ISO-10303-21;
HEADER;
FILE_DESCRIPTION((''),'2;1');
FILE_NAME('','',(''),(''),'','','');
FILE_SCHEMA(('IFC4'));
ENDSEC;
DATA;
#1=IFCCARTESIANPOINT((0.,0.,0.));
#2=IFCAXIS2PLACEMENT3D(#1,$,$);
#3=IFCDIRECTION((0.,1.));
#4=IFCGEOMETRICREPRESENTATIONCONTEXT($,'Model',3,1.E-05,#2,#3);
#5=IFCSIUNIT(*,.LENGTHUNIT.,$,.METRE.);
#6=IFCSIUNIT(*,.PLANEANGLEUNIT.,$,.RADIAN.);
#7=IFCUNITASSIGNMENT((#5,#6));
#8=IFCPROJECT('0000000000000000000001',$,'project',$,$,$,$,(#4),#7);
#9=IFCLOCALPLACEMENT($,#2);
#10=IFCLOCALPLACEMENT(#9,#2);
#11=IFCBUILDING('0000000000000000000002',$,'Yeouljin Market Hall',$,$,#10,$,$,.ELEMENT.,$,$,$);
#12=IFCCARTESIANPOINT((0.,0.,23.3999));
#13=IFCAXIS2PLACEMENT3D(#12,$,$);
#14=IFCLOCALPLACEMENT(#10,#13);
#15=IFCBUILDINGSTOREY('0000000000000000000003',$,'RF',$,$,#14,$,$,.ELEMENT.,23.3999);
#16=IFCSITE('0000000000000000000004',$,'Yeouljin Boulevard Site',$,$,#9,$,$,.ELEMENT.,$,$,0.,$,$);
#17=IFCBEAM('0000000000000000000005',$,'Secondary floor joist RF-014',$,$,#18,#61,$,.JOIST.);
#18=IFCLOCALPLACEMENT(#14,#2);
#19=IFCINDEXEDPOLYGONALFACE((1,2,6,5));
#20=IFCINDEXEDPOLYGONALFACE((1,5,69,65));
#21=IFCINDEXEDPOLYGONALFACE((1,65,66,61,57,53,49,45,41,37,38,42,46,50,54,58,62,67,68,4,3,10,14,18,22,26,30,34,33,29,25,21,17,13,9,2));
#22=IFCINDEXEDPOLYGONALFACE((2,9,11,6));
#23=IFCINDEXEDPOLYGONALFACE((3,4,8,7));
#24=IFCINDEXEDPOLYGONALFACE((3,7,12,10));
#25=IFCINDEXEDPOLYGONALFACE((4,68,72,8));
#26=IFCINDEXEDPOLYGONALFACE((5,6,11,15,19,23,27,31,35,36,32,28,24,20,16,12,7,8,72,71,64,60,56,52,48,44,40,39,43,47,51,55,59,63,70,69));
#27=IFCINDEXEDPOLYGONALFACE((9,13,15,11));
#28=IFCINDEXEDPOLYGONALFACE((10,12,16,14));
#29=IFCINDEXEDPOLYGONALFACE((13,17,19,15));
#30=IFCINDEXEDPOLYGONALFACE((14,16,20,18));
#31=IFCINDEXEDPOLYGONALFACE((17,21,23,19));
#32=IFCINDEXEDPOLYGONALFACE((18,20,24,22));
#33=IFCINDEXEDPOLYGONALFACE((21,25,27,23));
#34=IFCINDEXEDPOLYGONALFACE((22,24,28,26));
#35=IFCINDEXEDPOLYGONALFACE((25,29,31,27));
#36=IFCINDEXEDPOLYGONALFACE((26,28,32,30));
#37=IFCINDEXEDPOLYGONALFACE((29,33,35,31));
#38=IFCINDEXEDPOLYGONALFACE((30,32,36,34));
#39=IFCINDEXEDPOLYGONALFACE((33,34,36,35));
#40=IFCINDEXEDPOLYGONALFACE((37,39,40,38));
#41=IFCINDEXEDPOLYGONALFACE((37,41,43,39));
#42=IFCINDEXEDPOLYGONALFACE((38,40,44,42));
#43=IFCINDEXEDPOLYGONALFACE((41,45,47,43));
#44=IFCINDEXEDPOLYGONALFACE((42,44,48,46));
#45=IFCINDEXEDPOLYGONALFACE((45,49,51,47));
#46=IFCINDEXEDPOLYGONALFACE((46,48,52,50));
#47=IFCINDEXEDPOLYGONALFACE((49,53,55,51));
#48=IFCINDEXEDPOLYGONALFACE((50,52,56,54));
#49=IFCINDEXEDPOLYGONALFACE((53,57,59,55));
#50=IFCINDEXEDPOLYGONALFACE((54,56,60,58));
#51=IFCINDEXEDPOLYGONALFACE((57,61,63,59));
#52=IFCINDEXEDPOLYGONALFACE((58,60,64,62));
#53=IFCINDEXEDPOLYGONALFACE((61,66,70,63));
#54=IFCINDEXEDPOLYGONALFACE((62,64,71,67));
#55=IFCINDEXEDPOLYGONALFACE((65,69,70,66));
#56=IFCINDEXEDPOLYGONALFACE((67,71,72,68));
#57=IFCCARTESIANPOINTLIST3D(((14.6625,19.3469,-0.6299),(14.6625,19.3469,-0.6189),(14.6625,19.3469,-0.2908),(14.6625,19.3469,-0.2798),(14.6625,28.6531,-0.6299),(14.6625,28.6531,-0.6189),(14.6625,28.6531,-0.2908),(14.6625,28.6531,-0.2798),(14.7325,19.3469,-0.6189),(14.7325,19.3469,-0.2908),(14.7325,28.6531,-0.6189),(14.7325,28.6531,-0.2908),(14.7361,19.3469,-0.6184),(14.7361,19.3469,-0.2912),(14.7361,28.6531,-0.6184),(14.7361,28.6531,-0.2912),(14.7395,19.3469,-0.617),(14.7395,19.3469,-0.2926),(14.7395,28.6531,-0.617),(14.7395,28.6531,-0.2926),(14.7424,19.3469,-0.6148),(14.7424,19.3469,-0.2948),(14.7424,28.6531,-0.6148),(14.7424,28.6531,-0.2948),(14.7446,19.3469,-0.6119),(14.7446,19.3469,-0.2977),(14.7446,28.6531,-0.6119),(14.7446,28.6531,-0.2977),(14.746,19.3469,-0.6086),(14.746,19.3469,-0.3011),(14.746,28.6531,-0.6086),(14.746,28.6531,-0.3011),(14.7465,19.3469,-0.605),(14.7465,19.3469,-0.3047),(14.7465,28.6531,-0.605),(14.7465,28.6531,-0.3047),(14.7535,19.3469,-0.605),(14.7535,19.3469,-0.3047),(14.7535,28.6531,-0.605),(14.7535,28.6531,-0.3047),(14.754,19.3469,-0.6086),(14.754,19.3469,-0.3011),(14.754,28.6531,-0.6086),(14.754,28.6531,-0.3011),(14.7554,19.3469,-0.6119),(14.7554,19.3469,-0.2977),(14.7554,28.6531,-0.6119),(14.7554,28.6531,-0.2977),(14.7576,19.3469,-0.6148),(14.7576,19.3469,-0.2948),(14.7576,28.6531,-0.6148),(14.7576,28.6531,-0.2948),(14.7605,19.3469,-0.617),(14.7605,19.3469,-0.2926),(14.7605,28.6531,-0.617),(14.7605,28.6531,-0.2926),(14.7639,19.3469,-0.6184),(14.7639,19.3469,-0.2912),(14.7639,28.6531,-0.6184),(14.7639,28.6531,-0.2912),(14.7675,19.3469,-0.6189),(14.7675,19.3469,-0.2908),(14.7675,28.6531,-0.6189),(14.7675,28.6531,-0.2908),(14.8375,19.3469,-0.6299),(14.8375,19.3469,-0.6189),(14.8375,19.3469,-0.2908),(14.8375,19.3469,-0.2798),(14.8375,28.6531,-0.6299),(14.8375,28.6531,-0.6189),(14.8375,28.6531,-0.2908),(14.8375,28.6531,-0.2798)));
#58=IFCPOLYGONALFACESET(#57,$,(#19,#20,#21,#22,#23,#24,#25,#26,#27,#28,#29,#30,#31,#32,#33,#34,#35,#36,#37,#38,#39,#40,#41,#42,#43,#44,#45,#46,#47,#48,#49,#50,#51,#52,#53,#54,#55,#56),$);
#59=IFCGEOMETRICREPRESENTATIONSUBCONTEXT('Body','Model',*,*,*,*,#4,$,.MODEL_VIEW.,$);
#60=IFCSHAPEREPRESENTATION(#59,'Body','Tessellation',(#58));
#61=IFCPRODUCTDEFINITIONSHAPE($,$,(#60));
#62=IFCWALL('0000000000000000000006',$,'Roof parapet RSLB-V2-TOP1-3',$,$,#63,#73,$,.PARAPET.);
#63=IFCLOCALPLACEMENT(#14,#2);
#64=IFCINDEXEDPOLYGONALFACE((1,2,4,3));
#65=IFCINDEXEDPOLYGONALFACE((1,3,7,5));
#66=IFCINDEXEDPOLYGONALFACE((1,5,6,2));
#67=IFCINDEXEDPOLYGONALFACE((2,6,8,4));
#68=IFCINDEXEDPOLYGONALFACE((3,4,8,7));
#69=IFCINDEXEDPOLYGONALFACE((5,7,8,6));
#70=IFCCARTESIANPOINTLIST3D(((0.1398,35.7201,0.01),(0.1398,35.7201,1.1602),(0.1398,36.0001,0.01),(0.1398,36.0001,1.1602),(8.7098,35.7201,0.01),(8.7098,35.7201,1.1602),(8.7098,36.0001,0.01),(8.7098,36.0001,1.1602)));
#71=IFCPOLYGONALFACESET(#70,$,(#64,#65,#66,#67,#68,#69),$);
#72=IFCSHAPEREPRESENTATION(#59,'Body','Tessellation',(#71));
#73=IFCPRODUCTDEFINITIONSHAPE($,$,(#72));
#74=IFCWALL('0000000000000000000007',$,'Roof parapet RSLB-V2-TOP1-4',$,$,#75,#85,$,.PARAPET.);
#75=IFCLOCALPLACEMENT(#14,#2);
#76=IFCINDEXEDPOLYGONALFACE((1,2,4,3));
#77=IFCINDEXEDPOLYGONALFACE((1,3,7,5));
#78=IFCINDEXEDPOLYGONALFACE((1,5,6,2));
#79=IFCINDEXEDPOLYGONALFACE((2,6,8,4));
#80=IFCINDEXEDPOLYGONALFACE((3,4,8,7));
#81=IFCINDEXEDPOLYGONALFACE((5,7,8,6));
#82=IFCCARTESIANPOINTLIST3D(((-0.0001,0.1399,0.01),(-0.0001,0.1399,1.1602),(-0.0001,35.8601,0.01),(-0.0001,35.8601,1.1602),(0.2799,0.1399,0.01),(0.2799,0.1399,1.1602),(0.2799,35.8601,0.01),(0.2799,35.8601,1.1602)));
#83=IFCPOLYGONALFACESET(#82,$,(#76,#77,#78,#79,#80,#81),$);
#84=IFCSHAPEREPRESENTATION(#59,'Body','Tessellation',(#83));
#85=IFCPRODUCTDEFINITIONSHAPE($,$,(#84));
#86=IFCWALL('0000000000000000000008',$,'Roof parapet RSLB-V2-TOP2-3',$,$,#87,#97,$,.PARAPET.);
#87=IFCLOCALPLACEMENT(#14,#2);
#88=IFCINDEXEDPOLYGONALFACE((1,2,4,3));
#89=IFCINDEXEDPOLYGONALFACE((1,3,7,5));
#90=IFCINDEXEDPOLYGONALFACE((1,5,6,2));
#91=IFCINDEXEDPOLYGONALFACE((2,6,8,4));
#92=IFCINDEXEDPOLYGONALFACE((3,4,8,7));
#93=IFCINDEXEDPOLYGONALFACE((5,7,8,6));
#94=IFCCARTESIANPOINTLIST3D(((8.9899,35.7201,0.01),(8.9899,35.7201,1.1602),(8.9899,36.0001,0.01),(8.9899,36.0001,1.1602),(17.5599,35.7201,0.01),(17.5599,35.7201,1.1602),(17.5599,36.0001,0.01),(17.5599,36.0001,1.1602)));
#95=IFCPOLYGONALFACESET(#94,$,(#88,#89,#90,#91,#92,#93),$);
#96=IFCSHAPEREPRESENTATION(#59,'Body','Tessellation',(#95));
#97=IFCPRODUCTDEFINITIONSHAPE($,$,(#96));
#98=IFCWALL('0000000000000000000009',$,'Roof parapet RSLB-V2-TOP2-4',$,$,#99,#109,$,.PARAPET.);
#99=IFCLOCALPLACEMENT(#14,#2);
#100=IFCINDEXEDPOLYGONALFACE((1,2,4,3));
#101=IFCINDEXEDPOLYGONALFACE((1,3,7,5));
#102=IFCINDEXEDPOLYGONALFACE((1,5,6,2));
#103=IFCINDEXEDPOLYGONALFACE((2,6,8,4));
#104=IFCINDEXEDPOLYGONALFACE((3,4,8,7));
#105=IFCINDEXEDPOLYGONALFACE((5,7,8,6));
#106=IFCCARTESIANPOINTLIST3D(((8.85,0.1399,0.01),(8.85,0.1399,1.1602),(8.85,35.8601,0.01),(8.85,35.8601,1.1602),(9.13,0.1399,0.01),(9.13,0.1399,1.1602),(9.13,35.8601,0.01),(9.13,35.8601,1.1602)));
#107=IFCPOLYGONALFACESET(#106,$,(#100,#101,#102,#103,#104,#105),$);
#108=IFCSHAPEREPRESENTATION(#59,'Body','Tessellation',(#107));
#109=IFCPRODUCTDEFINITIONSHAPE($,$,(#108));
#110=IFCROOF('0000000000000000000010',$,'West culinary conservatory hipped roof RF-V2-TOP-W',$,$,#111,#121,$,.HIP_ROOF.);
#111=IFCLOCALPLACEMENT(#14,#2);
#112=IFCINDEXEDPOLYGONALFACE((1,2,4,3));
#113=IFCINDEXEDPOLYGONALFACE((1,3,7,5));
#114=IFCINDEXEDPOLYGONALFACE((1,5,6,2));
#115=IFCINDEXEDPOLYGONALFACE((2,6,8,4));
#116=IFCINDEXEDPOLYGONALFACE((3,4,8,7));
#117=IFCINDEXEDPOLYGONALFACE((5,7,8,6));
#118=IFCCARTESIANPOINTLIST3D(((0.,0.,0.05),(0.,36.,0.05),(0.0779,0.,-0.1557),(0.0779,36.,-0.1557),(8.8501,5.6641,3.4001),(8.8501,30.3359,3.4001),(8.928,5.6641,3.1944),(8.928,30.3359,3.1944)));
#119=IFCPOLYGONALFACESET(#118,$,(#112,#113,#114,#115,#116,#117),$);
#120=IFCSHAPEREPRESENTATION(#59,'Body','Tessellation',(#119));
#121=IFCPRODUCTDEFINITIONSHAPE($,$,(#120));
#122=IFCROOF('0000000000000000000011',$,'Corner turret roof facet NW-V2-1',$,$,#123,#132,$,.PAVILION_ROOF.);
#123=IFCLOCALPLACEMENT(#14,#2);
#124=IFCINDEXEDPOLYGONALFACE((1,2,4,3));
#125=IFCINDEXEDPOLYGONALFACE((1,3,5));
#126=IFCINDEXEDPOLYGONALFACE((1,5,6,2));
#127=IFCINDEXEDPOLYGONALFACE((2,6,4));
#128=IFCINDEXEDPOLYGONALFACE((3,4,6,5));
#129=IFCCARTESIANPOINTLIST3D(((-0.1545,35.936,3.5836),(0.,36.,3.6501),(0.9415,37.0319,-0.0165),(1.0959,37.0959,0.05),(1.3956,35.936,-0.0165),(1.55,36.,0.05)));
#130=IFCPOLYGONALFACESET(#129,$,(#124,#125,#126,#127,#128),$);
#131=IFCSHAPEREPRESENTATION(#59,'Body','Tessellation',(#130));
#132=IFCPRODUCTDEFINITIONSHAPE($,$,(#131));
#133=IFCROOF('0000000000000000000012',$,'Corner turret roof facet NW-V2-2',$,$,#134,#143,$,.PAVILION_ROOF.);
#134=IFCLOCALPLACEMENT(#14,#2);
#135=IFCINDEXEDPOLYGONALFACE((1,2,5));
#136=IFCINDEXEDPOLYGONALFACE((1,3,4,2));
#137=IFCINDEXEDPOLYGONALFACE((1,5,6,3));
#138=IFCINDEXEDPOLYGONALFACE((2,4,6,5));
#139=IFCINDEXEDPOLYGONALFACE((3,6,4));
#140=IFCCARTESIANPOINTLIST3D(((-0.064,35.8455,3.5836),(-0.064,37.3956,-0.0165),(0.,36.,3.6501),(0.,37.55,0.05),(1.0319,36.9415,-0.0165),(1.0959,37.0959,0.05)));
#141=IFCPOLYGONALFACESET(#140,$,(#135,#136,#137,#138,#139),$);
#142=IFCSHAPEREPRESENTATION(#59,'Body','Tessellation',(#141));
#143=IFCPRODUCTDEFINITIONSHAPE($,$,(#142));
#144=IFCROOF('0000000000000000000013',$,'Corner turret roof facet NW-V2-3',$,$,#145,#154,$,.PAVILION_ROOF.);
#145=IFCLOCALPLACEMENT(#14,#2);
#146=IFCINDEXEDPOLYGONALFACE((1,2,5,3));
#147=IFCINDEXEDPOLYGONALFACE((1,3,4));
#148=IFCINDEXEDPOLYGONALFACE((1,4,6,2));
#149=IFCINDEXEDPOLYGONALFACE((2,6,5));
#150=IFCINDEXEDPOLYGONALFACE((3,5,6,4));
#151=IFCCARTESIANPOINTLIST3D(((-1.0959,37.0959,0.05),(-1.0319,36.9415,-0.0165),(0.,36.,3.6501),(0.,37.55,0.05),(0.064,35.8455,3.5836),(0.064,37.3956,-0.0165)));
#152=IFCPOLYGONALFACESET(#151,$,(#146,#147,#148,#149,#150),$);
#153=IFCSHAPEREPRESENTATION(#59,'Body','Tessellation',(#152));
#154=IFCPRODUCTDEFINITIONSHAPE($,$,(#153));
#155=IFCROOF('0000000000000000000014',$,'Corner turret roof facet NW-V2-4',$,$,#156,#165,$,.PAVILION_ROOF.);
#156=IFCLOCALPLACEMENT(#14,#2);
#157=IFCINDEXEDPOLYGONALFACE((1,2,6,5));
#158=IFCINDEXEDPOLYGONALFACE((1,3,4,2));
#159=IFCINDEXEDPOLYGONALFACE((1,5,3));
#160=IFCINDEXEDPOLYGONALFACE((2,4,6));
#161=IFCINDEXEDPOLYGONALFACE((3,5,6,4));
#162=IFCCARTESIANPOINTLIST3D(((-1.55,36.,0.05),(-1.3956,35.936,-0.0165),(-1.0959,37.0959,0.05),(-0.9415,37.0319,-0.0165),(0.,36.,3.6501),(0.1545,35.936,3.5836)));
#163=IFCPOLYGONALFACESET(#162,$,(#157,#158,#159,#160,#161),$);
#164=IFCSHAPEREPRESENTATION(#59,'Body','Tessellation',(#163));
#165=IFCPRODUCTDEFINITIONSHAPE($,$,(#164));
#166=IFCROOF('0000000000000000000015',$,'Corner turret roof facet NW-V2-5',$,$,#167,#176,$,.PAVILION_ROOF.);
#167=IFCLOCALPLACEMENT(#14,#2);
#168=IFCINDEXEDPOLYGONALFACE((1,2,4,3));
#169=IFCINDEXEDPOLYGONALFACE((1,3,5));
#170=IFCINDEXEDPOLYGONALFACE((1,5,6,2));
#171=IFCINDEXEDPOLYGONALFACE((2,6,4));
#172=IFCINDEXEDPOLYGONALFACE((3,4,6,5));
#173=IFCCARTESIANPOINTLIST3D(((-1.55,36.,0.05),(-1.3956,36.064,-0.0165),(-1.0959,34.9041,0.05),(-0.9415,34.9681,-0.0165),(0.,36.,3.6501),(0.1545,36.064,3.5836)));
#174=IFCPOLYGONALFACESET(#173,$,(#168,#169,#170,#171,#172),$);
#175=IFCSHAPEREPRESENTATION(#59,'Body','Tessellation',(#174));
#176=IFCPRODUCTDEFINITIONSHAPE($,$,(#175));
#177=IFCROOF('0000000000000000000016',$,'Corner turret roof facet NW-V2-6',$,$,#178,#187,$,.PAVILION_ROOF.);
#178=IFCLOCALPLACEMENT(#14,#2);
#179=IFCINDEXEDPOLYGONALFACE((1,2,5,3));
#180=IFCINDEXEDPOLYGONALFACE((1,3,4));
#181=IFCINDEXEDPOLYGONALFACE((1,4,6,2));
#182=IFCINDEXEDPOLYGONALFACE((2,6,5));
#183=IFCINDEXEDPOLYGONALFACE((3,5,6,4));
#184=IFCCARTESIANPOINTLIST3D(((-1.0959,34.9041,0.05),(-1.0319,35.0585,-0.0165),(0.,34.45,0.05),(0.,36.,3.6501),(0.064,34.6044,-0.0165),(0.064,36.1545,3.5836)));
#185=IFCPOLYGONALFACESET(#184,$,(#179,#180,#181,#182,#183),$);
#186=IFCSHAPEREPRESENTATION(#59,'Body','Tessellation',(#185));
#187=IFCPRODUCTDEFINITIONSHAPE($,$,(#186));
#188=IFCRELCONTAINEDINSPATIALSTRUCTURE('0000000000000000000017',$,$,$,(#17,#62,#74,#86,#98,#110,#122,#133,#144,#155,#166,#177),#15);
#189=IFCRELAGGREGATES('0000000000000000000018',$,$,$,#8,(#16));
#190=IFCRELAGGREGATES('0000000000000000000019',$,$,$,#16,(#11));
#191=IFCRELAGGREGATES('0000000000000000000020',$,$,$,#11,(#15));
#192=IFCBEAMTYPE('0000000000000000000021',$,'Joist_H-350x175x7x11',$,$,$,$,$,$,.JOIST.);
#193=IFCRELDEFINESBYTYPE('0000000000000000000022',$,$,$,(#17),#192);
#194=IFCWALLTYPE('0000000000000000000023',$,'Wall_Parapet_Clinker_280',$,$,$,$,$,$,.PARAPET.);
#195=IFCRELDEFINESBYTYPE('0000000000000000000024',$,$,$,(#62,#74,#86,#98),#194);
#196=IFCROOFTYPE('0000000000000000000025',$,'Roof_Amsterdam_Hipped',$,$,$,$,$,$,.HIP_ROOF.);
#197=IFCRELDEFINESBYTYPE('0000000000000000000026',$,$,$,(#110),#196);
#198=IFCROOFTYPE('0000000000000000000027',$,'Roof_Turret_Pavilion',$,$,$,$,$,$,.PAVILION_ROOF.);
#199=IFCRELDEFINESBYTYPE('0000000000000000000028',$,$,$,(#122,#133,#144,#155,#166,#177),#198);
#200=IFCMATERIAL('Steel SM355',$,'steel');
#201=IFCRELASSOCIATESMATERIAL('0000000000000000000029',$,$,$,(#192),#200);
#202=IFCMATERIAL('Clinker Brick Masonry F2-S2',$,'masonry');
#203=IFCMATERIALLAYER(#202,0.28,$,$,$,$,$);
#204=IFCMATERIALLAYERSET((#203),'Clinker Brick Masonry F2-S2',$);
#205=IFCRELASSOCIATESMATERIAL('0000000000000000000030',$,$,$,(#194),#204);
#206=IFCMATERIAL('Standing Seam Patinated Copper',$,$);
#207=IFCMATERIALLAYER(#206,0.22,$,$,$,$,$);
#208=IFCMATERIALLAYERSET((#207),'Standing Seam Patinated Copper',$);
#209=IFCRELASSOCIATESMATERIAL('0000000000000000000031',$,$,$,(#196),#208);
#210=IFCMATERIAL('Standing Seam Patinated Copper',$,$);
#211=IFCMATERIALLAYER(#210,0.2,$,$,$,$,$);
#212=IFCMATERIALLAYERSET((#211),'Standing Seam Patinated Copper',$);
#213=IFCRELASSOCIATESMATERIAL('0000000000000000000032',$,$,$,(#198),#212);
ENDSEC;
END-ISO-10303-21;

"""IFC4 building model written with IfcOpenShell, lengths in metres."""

from ifc_helpers import new_model, si_unit, direction, frame, frame_2d, origin, origin_2d, place, context, subcontext, project, spatial, polyline, rectangle, i_section, outline, extrude, material, layer, layer_set, material_profile, profile_set, type_object, element, save


model = new_model("IFC4")

# Units and contexts
model_context = context("Model", 3, precision=1e-05, world=origin(), true_north=direction((0.0, 1.0)))
body_context = subcontext(model_context, "Body", "Model", "MODEL_VIEW")
ifc_project = project(units=[si_unit("LENGTHUNIT", "METRE"), si_unit("PLANEANGLEUNIT", "RADIAN")], contexts=[model_context])

# Site, building, storey
site_placement = place(None, origin())
site = spatial("IfcSite", under=ifc_project, at=site_placement, Name="Yeouljin Boulevard Site", CompositionType="ELEMENT", RefElevation=0.0)
building_placement = place(site_placement, origin())
building = spatial("IfcBuilding", under=site, at=building_placement, Name="Yeouljin Market Hall", CompositionType="ELEMENT")
storey_placement = place(building_placement, frame((0.0, 0.0, 23.3999)))
storey = spatial("IfcBuildingStorey", under=building, at=storey_placement, Name="RF", CompositionType="ELEMENT", Elevation=23.3999)

# Beam
ifc_material_1 = material(Name="Steel SM355", Category="steel")
ifc_material_profile_1 = material_profile(ifc_material_1, i_section(OverallWidth=0.175, OverallDepth=0.3501, WebThickness=0.0071, FlangeThickness=0.011, FilletRadius=0.0139, at=origin_2d()), Name="H-350x175x7x11")
ifc_profile_set_1 = profile_set([ifc_material_profile_1], Name="Steel SM355")
beam_type_1 = type_object("IfcBeamType", Name="Joist_H-350x175x7x11", PredefinedType="JOIST", material=ifc_profile_set_1)
for number, where, z_axis, x_axis, name in (
    (1, (14.75, 19.3469, -0.4548), (0.0, 1.0, 0.0), (-1.0, 0.0, 0.0), "Secondary floor joist RF-014"),
):
    element("IfcBeam", number, at=place(storey_placement, frame(where, z_axis=z_axis, x_axis=x_axis)), inside=storey, type_object=beam_type_1, Name=name, PredefinedType="JOIST", context=body_context, shape_type="SweptSolid", body=[
        extrude(i_section(OverallWidth=0.175, OverallDepth=0.3501, WebThickness=0.0071, FlangeThickness=0.011, FilletRadius=0.0139, at=origin_2d()), origin(), (0.0, 0.0, 1.0), 9.3062),
    ])

# Walls
ifc_material_2 = material(Name="Clinker Brick Masonry F2-S2", Category="masonry")
ifc_layer_1 = layer(ifc_material_2, 0.28)
ifc_layer_set_1 = layer_set([ifc_layer_1], Name="Clinker Brick Masonry F2-S2")
wall_type = type_object("IfcWallType", Name="Wall_Parapet_Clinker_280", PredefinedType="PARAPET", material=ifc_layer_set_1)
wall_1_placement = place(storey_placement, frame((8.71, 35.8601, 0.01), z_axis=(0.0, 0.0, 1.0), x_axis=(-1.0, 0.0, 0.0)))
element("IfcWall", 2, at=wall_1_placement, inside=storey, type_object=wall_type, Name="Roof parapet RSLB-V2-TOP1-3", PredefinedType="PARAPET", context=body_context, shape_type="SweptSolid", body=[
    extrude(rectangle(XDim=8.5701, YDim=0.28, at=frame_2d((4.2852, 0.0))), origin(), (0.0, 0.0, 1.0), 1.1501),
])
wall_2_placement = place(storey_placement, frame((0.1399, 35.8601, 0.01), z_axis=(0.0, 0.0, 1.0), x_axis=(0.0, -1.0, 0.0)))
element("IfcWall", 3, at=wall_2_placement, inside=storey, type_object=wall_type, Name="Roof parapet RSLB-V2-TOP1-4", PredefinedType="PARAPET", context=body_context, shape_type="SweptSolid", body=[
    extrude(rectangle(XDim=35.7202, YDim=0.28, at=frame_2d((17.8601, 0.0))), origin(), (0.0, 0.0, 1.0), 1.1501),
])
wall_3_placement = place(storey_placement, frame((17.5601, 35.8601, 0.01), z_axis=(0.0, 0.0, 1.0), x_axis=(-1.0, 0.0, 0.0)))
element("IfcWall", 4, at=wall_3_placement, inside=storey, type_object=wall_type, Name="Roof parapet RSLB-V2-TOP2-3", PredefinedType="PARAPET", context=body_context, shape_type="SweptSolid", body=[
    extrude(rectangle(XDim=8.5701, YDim=0.28, at=frame_2d((4.2852, 0.0))), origin(), (0.0, 0.0, 1.0), 1.1501),
])
wall_4_placement = place(storey_placement, frame((8.99, 35.8601, 0.01), z_axis=(0.0, 0.0, 1.0), x_axis=(0.0, -1.0, 0.0)))
element("IfcWall", 5, at=wall_4_placement, inside=storey, type_object=wall_type, Name="Roof parapet RSLB-V2-TOP2-4", PredefinedType="PARAPET", context=body_context, shape_type="SweptSolid", body=[
    extrude(rectangle(XDim=35.7202, YDim=0.28, at=frame_2d((17.8601, 0.0))), origin(), (0.0, 0.0, 1.0), 1.1501),
])

# Roofs
ifc_material_3 = material(Name="Standing Seam Patinated Copper")
ifc_layer_2 = layer(ifc_material_3, 0.22)
ifc_layer_set_2 = layer_set([ifc_layer_2], Name="Standing Seam Patinated Copper")
roof_type_1 = type_object("IfcRoofType", Name="Roof_Amsterdam_Hipped", PredefinedType="HIP_ROOF", material=ifc_layer_set_2)
roof_1_placement = place(storey_placement, frame((0.0, 36.0, 0.05), z_axis=(-0.354023, 0.0, 0.935237), x_axis=(0.0, -1.0, 0.0)))
element("IfcRoof", 6, at=roof_1_placement, inside=storey, type_object=roof_type_1, Name="West culinary conservatory hipped roof RF-V2-TOP-W", PredefinedType="HIP_ROOF", context=body_context, shape_type="SweptSolid", body=[
    extrude(outline(polyline([(0.0, 0.0), (36.0, 0.0), (30.3359, 9.4629), (5.6641, 9.4629), (0.0, 0.0)])), origin(), (0.0, 0.0, -1.0), 0.22),
])
ifc_material_4 = material(Name="Standing Seam Patinated Copper")
ifc_layer_3 = layer(ifc_material_4, 0.2)
ifc_layer_set_3 = layer_set([ifc_layer_3], Name="Standing Seam Patinated Copper")
roof_type_2 = type_object("IfcRoofType", Name="Roof_Turret_Pavilion", PredefinedType="PAVILION_ROOF", material=ifc_layer_set_3)
roof_2_placement = place(storey_placement, frame((0.0, 36.0, 3.6501), z_axis=(0.858421, 0.355683, 0.369599), x_axis=(0.39546, 0.0, -0.918483)))
element("IfcRoof", 7, at=roof_2_placement, inside=storey, type_object=roof_type_2, Name="Corner turret roof facet NW-V2-1", PredefinedType="PAVILION_ROOF", context=body_context, shape_type="SweptSolid", body=[
    extrude(outline(polyline([(0.0, 0.0), (3.9196, 0.0), (3.74, 1.1726), (0.0, 0.0)])), origin(), (0.0, 0.0, -1.0), 0.1799),
])
roof_3_placement = place(storey_placement, frame((0.0, 36.0, 3.6501), z_axis=(0.355683, 0.858421, 0.369599), x_axis=(0.27961, 0.27961, -0.918497)))
element("IfcRoof", 8, at=roof_3_placement, inside=storey, type_object=roof_type_2, Name="Corner turret roof facet NW-V2-2", PredefinedType="PAVILION_ROOF", context=body_context, shape_type="SweptSolid", body=[
    extrude(outline(polyline([(0.0, 0.0), (3.9196, 0.0), (3.7401, 1.1726), (0.0, 0.0)])), origin(), (0.0, 0.0, -1.0), 0.1799),
])
roof_4_placement = place(storey_placement, frame((0.0, 36.0, 3.6501), z_axis=(-0.355683, 0.858421, 0.369599), x_axis=(0.0, 0.39546, -0.918483)))
element("IfcRoof", 9, at=roof_4_placement, inside=storey, type_object=roof_type_2, Name="Corner turret roof facet NW-V2-3", PredefinedType="PAVILION_ROOF", context=body_context, shape_type="SweptSolid", body=[
    extrude(outline(polyline([(0.0, 0.0), (3.9196, 0.0), (3.74, 1.1726), (0.0, 0.0)])), origin(), (0.0, 0.0, -1.0), 0.1799),
])
roof_5_placement = place(storey_placement, frame((0.0, 36.0, 3.6501), z_axis=(-0.858421, 0.355683, 0.369599), x_axis=(-0.27961, 0.27961, -0.918497)))
element("IfcRoof", 10, at=roof_5_placement, inside=storey, type_object=roof_type_2, Name="Corner turret roof facet NW-V2-4", PredefinedType="PAVILION_ROOF", context=body_context, shape_type="SweptSolid", body=[
    extrude(outline(polyline([(0.0, 0.0), (3.9196, 0.0), (3.7401, 1.1726), (0.0, 0.0)])), origin(), (0.0, 0.0, -1.0), 0.1799),
])
roof_6_placement = place(storey_placement, frame((0.0, 36.0, 3.6501), z_axis=(-0.858421, -0.355683, 0.369599), x_axis=(-0.39546, 0.0, -0.918483)))
element("IfcRoof", 11, at=roof_6_placement, inside=storey, type_object=roof_type_2, Name="Corner turret roof facet NW-V2-5", PredefinedType="PAVILION_ROOF", context=body_context, shape_type="SweptSolid", body=[
    extrude(outline(polyline([(0.0, 0.0), (3.9196, 0.0), (3.74, 1.1726), (0.0, 0.0)])), origin(), (0.0, 0.0, -1.0), 0.1799),
])
roof_7_placement = place(storey_placement, frame((0.0, 36.0, 3.6501), z_axis=(-0.355683, -0.858421, 0.369599), x_axis=(-0.27961, -0.27961, -0.918497)))
element("IfcRoof", 12, at=roof_7_placement, inside=storey, type_object=roof_type_2, Name="Corner turret roof facet NW-V2-6", PredefinedType="PAVILION_ROOF", context=body_context, shape_type="SweptSolid", body=[
    extrude(outline(polyline([(0.0, 0.0), (3.9196, 0.0), (3.7401, 1.1726), (0.0, 0.0)])), origin(), (0.0, 0.0, -1.0), 0.1799),
])

save(model, "model.ifc")
